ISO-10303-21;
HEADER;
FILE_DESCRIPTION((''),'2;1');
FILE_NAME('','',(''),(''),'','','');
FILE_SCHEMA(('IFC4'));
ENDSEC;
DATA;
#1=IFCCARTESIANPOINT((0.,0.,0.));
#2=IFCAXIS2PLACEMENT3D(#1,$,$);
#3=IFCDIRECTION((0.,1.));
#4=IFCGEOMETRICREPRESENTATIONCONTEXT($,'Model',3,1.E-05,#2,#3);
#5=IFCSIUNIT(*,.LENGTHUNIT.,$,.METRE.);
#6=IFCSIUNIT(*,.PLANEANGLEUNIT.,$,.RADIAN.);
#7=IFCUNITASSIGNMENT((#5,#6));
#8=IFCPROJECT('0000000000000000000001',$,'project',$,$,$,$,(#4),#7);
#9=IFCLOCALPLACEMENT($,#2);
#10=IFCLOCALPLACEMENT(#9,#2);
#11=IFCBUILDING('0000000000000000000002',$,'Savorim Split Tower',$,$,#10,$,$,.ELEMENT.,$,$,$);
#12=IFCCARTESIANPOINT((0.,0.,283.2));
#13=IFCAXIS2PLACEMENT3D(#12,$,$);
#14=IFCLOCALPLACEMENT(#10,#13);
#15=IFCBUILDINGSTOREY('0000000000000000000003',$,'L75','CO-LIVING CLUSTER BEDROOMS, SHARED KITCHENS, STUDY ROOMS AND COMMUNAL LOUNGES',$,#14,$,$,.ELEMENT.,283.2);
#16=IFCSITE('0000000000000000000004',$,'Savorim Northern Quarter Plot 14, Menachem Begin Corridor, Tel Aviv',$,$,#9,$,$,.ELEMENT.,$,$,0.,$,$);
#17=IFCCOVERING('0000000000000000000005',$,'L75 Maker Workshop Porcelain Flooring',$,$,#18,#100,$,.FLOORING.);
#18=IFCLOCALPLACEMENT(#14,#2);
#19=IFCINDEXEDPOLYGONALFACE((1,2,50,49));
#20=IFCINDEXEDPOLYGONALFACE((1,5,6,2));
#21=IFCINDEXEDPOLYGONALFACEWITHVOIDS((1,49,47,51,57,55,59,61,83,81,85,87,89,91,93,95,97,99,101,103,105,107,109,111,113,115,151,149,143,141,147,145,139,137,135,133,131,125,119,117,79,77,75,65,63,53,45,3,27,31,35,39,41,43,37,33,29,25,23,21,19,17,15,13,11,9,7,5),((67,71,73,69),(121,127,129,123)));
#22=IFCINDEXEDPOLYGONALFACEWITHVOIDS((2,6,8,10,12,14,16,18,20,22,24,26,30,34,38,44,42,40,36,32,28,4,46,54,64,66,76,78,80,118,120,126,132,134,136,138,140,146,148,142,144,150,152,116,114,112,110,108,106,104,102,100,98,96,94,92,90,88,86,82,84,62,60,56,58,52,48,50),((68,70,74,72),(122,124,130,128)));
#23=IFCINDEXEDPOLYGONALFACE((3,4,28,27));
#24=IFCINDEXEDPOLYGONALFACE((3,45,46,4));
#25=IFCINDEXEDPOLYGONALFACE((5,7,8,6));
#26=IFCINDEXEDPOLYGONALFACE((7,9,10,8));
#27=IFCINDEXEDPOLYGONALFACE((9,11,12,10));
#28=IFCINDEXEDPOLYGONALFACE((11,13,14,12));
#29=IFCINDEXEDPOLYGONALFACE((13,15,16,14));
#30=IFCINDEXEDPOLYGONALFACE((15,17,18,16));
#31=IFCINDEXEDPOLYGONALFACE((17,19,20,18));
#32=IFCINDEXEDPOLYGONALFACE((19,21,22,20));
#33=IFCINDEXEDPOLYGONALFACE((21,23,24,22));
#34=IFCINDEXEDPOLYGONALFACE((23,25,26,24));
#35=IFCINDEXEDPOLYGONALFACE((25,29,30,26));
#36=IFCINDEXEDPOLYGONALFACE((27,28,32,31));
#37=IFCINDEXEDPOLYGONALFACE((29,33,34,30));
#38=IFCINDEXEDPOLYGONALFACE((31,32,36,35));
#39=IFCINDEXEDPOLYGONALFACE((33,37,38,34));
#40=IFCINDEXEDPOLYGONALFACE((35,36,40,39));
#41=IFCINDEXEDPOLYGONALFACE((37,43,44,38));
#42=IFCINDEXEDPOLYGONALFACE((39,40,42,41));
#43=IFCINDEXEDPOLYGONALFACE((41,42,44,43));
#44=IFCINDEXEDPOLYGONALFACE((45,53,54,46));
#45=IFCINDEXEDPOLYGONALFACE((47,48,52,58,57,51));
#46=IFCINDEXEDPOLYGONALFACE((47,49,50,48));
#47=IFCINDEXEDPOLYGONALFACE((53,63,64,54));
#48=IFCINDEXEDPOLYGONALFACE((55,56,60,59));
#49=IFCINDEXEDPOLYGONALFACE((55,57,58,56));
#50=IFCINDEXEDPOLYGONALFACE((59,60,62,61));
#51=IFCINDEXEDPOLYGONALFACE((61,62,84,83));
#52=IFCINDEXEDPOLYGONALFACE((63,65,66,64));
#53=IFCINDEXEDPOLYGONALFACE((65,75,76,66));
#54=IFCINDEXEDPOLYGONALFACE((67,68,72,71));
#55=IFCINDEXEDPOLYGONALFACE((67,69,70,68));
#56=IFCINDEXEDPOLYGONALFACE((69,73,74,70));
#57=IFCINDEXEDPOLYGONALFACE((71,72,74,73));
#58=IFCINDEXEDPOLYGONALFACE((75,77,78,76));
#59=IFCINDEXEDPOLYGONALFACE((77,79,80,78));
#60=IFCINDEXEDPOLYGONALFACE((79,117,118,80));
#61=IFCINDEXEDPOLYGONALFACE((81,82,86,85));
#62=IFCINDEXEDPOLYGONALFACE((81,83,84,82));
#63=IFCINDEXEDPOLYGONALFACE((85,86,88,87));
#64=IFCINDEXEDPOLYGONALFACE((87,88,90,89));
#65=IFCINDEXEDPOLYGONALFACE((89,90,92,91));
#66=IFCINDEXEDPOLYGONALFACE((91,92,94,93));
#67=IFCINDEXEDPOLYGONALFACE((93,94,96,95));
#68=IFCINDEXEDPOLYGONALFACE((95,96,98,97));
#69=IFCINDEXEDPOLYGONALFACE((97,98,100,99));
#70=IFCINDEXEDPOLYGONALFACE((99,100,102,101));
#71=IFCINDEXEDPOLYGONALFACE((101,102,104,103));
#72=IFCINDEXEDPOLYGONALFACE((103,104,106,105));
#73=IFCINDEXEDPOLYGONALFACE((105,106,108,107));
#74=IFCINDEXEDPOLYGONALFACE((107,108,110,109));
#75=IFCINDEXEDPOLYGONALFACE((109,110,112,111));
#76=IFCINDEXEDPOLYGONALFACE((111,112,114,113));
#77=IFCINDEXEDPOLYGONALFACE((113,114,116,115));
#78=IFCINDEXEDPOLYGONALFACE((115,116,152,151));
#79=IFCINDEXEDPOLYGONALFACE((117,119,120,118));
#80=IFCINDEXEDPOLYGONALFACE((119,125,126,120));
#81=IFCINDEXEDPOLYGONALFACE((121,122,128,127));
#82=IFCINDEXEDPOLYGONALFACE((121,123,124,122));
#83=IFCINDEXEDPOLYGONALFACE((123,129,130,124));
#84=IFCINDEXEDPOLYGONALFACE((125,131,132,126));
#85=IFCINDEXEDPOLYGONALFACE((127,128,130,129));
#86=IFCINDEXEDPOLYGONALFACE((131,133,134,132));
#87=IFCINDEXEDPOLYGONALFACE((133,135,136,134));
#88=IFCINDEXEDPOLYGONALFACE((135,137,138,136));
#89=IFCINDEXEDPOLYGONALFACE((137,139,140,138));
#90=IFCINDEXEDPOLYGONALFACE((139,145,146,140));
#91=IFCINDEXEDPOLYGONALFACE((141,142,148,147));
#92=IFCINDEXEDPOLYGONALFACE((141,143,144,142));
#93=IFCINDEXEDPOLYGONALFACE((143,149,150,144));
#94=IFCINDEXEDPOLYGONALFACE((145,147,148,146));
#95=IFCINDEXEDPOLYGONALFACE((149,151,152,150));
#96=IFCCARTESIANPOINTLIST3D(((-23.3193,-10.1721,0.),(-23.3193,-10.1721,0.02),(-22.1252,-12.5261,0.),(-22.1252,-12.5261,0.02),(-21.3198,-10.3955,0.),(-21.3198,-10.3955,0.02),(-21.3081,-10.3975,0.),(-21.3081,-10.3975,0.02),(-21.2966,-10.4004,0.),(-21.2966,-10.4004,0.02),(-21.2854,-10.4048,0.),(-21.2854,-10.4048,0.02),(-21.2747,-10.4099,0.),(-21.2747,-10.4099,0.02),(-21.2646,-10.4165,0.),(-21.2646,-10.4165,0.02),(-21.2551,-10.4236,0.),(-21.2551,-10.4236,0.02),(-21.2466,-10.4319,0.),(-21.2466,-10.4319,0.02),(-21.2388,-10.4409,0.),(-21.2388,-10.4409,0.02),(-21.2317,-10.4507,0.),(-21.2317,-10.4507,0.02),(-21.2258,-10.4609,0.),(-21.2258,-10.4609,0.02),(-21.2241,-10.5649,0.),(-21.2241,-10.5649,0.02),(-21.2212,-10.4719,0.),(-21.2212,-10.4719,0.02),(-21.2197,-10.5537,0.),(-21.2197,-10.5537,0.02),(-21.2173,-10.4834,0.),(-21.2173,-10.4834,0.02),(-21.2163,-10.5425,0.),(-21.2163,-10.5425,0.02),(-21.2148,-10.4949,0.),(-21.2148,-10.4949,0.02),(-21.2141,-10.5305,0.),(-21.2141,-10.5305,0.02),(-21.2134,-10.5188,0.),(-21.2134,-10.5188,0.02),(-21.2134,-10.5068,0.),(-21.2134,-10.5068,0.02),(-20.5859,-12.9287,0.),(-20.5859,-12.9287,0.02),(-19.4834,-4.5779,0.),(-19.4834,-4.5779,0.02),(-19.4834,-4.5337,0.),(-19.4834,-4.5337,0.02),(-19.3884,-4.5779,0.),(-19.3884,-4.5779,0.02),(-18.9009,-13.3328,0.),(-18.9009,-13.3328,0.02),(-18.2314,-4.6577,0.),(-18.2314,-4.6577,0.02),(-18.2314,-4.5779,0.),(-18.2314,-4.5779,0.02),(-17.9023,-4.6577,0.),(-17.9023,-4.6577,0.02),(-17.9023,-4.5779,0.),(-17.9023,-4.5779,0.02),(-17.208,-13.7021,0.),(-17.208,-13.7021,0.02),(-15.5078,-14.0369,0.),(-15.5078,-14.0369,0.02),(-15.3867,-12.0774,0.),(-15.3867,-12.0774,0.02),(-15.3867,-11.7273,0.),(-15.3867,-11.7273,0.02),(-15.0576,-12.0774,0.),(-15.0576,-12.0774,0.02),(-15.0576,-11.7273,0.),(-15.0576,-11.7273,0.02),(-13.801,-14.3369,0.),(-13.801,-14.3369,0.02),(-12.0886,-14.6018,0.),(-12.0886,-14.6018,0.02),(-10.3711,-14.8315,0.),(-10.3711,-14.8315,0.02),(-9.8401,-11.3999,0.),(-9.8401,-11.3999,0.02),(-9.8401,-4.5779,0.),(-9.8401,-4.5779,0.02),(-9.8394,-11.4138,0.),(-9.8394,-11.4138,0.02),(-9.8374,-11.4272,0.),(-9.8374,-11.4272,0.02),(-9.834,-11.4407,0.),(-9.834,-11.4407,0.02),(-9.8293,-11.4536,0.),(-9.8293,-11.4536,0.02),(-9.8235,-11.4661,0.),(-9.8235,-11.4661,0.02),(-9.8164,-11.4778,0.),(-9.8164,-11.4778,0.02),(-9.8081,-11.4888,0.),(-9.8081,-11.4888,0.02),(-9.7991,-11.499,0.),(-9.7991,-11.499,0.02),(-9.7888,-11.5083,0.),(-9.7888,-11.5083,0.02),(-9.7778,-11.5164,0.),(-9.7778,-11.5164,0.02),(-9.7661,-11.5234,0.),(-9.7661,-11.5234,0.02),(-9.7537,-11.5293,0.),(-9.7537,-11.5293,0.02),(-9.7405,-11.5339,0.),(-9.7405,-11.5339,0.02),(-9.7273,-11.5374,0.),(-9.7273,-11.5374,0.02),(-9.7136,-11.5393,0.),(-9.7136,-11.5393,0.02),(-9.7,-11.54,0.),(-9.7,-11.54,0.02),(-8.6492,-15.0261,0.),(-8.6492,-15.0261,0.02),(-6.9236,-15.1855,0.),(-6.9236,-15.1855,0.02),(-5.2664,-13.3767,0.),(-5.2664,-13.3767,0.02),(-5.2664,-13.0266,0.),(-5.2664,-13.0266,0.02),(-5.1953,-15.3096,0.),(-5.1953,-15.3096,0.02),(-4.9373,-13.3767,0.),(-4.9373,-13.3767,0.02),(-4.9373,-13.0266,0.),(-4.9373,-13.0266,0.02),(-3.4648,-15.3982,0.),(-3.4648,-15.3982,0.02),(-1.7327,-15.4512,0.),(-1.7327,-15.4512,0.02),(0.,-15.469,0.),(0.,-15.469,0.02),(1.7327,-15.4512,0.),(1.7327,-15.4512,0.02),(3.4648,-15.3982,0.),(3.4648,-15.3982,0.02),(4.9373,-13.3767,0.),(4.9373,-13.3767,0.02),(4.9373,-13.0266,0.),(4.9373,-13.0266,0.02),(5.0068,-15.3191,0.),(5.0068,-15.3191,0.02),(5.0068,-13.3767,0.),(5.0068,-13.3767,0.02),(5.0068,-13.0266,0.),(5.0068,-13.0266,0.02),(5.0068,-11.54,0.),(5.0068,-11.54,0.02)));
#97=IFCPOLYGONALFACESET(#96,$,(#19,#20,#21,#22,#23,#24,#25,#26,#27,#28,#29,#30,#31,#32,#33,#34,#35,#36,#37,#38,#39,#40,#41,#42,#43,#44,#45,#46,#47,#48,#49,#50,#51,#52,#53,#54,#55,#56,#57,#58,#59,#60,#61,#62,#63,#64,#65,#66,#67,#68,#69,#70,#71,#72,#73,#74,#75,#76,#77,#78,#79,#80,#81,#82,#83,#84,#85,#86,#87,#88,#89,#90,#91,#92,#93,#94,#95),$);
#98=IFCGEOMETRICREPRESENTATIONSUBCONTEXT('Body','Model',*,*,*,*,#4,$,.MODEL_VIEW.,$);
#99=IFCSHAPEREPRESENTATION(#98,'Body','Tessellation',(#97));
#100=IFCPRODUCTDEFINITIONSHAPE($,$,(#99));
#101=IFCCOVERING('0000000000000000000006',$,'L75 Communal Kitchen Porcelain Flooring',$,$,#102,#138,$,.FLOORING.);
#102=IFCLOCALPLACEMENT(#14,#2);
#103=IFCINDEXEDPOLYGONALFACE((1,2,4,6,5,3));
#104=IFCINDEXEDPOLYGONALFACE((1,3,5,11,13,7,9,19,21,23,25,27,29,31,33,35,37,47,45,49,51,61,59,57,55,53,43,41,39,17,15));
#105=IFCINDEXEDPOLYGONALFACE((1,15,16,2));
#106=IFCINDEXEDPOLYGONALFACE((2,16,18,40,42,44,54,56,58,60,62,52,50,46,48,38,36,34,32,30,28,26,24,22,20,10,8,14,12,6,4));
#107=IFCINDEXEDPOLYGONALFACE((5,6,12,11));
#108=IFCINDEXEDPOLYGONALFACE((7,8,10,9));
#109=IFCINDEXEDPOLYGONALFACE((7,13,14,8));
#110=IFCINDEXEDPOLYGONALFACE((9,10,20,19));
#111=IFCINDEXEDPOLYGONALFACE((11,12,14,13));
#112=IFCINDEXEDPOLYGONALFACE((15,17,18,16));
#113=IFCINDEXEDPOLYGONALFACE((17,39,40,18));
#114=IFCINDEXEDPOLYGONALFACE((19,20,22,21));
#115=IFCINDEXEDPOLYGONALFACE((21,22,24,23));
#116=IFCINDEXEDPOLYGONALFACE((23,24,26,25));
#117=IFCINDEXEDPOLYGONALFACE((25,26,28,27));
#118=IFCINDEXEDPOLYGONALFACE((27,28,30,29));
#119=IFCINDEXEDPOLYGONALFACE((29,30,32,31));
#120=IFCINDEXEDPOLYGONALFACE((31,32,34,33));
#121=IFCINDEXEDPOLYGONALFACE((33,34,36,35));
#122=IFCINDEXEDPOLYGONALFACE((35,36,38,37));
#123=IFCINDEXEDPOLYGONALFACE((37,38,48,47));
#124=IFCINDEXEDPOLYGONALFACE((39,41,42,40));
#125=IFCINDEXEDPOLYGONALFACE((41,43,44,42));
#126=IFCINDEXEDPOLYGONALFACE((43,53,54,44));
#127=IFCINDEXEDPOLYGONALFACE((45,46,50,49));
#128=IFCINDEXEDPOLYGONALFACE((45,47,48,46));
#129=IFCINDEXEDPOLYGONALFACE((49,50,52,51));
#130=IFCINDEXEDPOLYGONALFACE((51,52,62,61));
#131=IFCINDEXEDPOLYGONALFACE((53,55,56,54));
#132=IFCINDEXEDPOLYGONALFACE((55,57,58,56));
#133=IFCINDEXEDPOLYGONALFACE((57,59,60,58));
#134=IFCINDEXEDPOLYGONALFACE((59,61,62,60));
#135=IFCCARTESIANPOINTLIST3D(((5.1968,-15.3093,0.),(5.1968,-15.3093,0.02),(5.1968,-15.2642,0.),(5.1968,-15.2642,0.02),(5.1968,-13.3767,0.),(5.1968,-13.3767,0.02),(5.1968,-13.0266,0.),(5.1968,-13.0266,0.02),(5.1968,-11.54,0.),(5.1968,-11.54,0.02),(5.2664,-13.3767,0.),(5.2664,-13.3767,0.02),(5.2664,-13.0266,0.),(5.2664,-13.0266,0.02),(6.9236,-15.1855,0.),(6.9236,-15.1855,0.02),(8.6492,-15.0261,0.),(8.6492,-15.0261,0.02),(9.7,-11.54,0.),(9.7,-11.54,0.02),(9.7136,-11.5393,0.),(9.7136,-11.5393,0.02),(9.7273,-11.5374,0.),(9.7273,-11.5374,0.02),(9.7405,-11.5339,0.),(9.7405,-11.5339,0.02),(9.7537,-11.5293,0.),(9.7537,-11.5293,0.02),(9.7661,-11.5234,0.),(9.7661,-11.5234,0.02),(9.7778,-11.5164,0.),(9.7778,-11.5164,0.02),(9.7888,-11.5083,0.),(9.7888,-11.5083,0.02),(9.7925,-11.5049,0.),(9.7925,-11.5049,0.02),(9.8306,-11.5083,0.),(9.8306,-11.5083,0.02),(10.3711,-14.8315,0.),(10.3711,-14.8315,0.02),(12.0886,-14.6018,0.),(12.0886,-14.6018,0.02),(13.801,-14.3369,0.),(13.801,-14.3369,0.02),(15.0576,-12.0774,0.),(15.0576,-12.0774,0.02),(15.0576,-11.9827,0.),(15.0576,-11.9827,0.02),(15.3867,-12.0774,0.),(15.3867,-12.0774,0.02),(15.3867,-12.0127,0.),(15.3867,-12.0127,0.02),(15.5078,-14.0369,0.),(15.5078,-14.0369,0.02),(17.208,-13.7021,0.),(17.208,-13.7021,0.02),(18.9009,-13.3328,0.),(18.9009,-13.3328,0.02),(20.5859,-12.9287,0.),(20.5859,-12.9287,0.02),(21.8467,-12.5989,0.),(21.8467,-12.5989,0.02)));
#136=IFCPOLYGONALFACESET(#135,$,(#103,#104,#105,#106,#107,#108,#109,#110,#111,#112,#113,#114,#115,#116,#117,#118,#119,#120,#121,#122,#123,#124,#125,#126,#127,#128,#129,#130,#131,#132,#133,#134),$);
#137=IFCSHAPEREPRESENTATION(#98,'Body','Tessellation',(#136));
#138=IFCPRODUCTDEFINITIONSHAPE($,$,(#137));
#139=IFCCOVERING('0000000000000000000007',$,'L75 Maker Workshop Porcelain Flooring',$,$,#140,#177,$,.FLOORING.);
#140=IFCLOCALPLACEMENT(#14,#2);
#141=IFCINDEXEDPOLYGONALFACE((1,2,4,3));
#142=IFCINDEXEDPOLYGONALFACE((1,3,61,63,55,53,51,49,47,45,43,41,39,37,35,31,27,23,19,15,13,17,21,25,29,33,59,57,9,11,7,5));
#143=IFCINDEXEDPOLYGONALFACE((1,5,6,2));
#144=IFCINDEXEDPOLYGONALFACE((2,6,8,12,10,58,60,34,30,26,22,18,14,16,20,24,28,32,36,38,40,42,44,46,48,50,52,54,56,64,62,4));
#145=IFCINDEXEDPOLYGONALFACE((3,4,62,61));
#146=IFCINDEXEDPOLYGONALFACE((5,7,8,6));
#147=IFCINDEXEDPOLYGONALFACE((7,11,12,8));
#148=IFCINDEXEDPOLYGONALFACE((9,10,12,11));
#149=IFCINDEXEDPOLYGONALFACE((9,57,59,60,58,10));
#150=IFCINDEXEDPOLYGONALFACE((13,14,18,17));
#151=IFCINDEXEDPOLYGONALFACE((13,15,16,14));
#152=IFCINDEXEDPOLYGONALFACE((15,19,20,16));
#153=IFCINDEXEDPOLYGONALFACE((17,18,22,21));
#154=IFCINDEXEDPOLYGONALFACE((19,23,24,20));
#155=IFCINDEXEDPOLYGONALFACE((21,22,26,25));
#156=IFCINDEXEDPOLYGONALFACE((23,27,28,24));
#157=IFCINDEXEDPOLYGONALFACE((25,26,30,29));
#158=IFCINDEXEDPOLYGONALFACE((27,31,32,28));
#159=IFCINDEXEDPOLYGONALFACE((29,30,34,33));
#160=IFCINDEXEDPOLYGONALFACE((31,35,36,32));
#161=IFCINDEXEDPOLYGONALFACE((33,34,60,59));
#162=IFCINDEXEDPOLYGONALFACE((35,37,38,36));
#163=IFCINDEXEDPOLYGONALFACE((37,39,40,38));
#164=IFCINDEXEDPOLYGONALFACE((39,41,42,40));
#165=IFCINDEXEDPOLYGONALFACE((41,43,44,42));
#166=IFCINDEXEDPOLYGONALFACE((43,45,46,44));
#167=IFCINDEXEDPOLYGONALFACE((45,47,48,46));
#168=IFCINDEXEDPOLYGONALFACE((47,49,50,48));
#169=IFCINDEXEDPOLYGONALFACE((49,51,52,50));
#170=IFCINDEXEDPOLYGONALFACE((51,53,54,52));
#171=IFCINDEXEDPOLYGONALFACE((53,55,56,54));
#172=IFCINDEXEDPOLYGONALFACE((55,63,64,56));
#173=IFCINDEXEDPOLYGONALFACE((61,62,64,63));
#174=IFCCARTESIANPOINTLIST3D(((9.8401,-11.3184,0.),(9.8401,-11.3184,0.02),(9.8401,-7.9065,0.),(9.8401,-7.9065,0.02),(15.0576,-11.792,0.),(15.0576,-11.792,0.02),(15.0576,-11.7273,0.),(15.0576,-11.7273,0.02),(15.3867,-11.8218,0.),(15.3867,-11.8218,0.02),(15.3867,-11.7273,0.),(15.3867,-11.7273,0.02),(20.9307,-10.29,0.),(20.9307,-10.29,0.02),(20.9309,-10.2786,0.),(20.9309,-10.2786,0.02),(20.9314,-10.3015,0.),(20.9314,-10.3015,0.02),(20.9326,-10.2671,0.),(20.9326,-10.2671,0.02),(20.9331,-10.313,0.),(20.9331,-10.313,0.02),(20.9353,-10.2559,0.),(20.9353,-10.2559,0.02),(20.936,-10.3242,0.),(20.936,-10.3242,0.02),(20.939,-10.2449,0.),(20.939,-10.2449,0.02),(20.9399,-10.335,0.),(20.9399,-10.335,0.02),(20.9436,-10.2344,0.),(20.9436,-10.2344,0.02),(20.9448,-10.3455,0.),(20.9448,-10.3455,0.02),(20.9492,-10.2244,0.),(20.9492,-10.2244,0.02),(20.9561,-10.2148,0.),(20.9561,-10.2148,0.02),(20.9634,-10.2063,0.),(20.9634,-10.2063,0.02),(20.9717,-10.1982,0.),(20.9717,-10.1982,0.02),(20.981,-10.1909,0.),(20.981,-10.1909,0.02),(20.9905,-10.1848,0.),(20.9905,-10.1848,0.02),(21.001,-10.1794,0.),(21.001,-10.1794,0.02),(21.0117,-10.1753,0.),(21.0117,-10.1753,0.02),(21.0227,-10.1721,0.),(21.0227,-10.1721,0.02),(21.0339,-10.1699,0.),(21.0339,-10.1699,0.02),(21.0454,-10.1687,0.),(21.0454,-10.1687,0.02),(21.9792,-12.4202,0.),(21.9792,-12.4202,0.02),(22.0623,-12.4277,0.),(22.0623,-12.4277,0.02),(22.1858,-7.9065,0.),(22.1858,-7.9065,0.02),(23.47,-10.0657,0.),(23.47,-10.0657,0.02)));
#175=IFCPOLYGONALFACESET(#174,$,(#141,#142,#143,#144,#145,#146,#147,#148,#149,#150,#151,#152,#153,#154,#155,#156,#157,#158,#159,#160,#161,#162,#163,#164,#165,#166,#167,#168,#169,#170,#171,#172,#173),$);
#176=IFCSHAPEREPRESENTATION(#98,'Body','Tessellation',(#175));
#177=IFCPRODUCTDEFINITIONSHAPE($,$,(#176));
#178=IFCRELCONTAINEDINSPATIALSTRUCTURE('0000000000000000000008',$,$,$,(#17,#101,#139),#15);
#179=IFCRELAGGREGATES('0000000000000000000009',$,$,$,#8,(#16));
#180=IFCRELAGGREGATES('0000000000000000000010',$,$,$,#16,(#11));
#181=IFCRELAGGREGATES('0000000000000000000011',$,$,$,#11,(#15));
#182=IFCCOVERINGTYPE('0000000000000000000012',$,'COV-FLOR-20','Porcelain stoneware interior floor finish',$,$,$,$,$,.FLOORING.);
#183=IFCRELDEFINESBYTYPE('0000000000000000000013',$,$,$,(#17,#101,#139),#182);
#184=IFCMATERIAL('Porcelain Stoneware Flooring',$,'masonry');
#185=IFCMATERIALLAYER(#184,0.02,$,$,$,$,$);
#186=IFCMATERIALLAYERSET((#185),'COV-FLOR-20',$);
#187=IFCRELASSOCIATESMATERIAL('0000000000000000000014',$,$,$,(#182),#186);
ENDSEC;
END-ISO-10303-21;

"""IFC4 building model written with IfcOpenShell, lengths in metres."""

from ifc_helpers import new_model, si_unit, direction, frame, origin, place, context, subcontext, project, spatial, polyline, outline, extrude, material, layer, layer_set, type_object, element, save


model = new_model("IFC4")

# Units and contexts
model_context = context("Model", 3, precision=1e-05, world=origin(), true_north=direction((0.0, 1.0)))
body_context = subcontext(model_context, "Body", "Model", "MODEL_VIEW")
ifc_project = project(units=[si_unit("LENGTHUNIT", "METRE"), si_unit("PLANEANGLEUNIT", "RADIAN")], contexts=[model_context])

# Site, building, storey
site_placement = place(None, origin())
site = spatial("IfcSite", under=ifc_project, at=site_placement, Name="Savorim Northern Quarter Plot 14, Menachem Begin Corridor, Tel Aviv", CompositionType="ELEMENT", RefElevation=0.0)
building_placement = place(site_placement, origin())
building = spatial("IfcBuilding", under=site, at=building_placement, Name="Savorim Split Tower", CompositionType="ELEMENT")
storey_placement = place(building_placement, frame((0.0, 0.0, 283.2)))
storey = spatial("IfcBuildingStorey", under=building, at=storey_placement, Name="L75", Description="CO-LIVING CLUSTER BEDROOMS, SHARED KITCHENS, STUDY ROOMS AND COMMUNAL LOUNGES", CompositionType="ELEMENT", Elevation=283.2)

# Coverings
ifc_material_1 = material(Name="Porcelain Stoneware Flooring", Category="masonry")
ifc_layer_1 = layer(ifc_material_1, 0.02)
ifc_layer_set_1 = layer_set([ifc_layer_1], Name="COV-FLOR-20")
covering_type_1 = type_object("IfcCoveringType", Name="COV-FLOR-20", Description="Porcelain stoneware interior floor finish", PredefinedType="FLOORING", material=ifc_layer_set_1)
covering_1_placement = place(storey_placement, origin())
element("IfcCovering", 1, at=covering_1_placement, inside=storey, type_object=covering_type_1, Name="L75 Maker Workshop Porcelain Flooring", PredefinedType="FLOORING", context=body_context, shape_type="SweptSolid", body=[
    extrude(outline(polyline([(-21.2134, -10.5068), (-21.2134, -10.5188), (-21.2141, -10.5305), (-21.2163, -10.5425), (-21.2197, -10.5537), (-21.2241, -10.5649), (-22.1252, -12.5261), (-20.5859, -12.9287), (-18.9009, -13.3328), (-17.208, -13.7021), (-15.5078, -14.0369), (-13.801, -14.3369), (-12.0886, -14.6018), (-10.3711, -14.8315), (-8.6492, -15.0261), (-6.9236, -15.1855), (-5.1953, -15.3096), (-3.4648, -15.3982), (-1.7327, -15.4512), (0.0, -15.469), (1.7327, -15.4512), (3.4648, -15.3982), (5.0068, -15.3191), (5.0068, -13.3767), (4.9373, -13.3767), (4.9373, -13.0266), (5.0068, -13.0266), (5.0068, -11.54), (-9.7, -11.54), (-9.7136, -11.5393), (-9.7273, -11.5374), (-9.7405, -11.5339), (-9.7537, -11.5293), (-9.7661, -11.5234), (-9.7778, -11.5164), (-9.7888, -11.5083), (-9.7991, -11.499), (-9.8081, -11.4888), (-9.8164, -11.4778), (-9.8235, -11.4661), (-9.8293, -11.4536), (-9.834, -11.4407), (-9.8374, -11.4272), (-9.8394, -11.4138), (-9.8401, -11.3999), (-9.8401, -4.5779), (-17.9023, -4.5779), (-17.9023, -4.6577), (-18.2314, -4.6577), (-18.2314, -4.5779), (-19.3884, -4.5779), (-19.4834, -4.5779), (-19.4834, -4.5337), (-23.3193, -10.1721), (-21.3198, -10.3955), (-21.3081, -10.3975), (-21.2966, -10.4004), (-21.2854, -10.4048), (-21.2747, -10.4099), (-21.2646, -10.4165), (-21.2551, -10.4236), (-21.2466, -10.4319), (-21.2388, -10.4409), (-21.2317, -10.4507), (-21.2258, -10.4609), (-21.2212, -10.4719), (-21.2173, -10.4834), (-21.2148, -10.4949), (-21.2134, -10.5068)]), holes=[polyline([(-15.3867, -12.0774), (-15.0576, -12.0774), (-15.0576, -11.7273), (-15.3867, -11.7273), (-15.3867, -12.0774)]), polyline([(-5.2664, -13.3767), (-4.9373, -13.3767), (-4.9373, -13.0266), (-5.2664, -13.0266), (-5.2664, -13.3767)])]), origin(), (0.0, 0.0, 1.0), 0.02),
])
covering_2_placement = place(storey_placement, origin())
element("IfcCovering", 2, at=covering_2_placement, inside=storey, type_object=covering_type_1, Name="L75 Communal Kitchen Porcelain Flooring", PredefinedType="FLOORING", context=body_context, shape_type="SweptSolid", body=[
    extrude(outline(polyline([(15.5078, -14.0369), (17.208, -13.7021), (18.9009, -13.3328), (20.5859, -12.9287), (21.8467, -12.5989), (15.3867, -12.0127), (15.3867, -12.0774), (15.0576, -12.0774), (15.0576, -11.9827), (9.8306, -11.5083), (9.7925, -11.5049), (9.7888, -11.5083), (9.7778, -11.5164), (9.7661, -11.5234), (9.7537, -11.5293), (9.7405, -11.5339), (9.7273, -11.5374), (9.7136, -11.5393), (9.7, -11.54), (5.1968, -11.54), (5.1968, -13.0266), (5.2664, -13.0266), (5.2664, -13.3767), (5.1968, -13.3767), (5.1968, -15.2642), (5.1968, -15.3093), (6.9236, -15.1855), (8.6492, -15.0261), (10.3711, -14.8315), (12.0886, -14.6018), (13.801, -14.3369), (15.5078, -14.0369)])), origin(), (0.0, 0.0, 1.0), 0.02),
])
covering_3_placement = place(storey_placement, origin())
element("IfcCovering", 3, at=covering_3_placement, inside=storey, type_object=covering_type_1, Name="L75 Maker Workshop Porcelain Flooring", PredefinedType="FLOORING", context=body_context, shape_type="SweptSolid", body=[
    extrude(outline(polyline([(21.0227, -10.1721), (21.0339, -10.1699), (21.0454, -10.1687), (23.47, -10.0657), (22.1858, -7.9065), (9.8401, -7.9065), (9.8401, -11.3184), (15.0576, -11.792), (15.0576, -11.7273), (15.3867, -11.7273), (15.3867, -11.8218), (21.9792, -12.4202), (22.0623, -12.4277), (20.9448, -10.3455), (20.9399, -10.335), (20.936, -10.3242), (20.9331, -10.313), (20.9314, -10.3015), (20.9307, -10.29), (20.9309, -10.2786), (20.9326, -10.2671), (20.9353, -10.2559), (20.939, -10.2449), (20.9436, -10.2344), (20.9492, -10.2244), (20.9561, -10.2148), (20.9634, -10.2063), (20.9717, -10.1982), (20.981, -10.1909), (20.9905, -10.1848), (21.001, -10.1794), (21.0117, -10.1753), (21.0227, -10.1721)])), origin(), (0.0, 0.0, 1.0), 0.02),
])

save(model, "model.ifc")
